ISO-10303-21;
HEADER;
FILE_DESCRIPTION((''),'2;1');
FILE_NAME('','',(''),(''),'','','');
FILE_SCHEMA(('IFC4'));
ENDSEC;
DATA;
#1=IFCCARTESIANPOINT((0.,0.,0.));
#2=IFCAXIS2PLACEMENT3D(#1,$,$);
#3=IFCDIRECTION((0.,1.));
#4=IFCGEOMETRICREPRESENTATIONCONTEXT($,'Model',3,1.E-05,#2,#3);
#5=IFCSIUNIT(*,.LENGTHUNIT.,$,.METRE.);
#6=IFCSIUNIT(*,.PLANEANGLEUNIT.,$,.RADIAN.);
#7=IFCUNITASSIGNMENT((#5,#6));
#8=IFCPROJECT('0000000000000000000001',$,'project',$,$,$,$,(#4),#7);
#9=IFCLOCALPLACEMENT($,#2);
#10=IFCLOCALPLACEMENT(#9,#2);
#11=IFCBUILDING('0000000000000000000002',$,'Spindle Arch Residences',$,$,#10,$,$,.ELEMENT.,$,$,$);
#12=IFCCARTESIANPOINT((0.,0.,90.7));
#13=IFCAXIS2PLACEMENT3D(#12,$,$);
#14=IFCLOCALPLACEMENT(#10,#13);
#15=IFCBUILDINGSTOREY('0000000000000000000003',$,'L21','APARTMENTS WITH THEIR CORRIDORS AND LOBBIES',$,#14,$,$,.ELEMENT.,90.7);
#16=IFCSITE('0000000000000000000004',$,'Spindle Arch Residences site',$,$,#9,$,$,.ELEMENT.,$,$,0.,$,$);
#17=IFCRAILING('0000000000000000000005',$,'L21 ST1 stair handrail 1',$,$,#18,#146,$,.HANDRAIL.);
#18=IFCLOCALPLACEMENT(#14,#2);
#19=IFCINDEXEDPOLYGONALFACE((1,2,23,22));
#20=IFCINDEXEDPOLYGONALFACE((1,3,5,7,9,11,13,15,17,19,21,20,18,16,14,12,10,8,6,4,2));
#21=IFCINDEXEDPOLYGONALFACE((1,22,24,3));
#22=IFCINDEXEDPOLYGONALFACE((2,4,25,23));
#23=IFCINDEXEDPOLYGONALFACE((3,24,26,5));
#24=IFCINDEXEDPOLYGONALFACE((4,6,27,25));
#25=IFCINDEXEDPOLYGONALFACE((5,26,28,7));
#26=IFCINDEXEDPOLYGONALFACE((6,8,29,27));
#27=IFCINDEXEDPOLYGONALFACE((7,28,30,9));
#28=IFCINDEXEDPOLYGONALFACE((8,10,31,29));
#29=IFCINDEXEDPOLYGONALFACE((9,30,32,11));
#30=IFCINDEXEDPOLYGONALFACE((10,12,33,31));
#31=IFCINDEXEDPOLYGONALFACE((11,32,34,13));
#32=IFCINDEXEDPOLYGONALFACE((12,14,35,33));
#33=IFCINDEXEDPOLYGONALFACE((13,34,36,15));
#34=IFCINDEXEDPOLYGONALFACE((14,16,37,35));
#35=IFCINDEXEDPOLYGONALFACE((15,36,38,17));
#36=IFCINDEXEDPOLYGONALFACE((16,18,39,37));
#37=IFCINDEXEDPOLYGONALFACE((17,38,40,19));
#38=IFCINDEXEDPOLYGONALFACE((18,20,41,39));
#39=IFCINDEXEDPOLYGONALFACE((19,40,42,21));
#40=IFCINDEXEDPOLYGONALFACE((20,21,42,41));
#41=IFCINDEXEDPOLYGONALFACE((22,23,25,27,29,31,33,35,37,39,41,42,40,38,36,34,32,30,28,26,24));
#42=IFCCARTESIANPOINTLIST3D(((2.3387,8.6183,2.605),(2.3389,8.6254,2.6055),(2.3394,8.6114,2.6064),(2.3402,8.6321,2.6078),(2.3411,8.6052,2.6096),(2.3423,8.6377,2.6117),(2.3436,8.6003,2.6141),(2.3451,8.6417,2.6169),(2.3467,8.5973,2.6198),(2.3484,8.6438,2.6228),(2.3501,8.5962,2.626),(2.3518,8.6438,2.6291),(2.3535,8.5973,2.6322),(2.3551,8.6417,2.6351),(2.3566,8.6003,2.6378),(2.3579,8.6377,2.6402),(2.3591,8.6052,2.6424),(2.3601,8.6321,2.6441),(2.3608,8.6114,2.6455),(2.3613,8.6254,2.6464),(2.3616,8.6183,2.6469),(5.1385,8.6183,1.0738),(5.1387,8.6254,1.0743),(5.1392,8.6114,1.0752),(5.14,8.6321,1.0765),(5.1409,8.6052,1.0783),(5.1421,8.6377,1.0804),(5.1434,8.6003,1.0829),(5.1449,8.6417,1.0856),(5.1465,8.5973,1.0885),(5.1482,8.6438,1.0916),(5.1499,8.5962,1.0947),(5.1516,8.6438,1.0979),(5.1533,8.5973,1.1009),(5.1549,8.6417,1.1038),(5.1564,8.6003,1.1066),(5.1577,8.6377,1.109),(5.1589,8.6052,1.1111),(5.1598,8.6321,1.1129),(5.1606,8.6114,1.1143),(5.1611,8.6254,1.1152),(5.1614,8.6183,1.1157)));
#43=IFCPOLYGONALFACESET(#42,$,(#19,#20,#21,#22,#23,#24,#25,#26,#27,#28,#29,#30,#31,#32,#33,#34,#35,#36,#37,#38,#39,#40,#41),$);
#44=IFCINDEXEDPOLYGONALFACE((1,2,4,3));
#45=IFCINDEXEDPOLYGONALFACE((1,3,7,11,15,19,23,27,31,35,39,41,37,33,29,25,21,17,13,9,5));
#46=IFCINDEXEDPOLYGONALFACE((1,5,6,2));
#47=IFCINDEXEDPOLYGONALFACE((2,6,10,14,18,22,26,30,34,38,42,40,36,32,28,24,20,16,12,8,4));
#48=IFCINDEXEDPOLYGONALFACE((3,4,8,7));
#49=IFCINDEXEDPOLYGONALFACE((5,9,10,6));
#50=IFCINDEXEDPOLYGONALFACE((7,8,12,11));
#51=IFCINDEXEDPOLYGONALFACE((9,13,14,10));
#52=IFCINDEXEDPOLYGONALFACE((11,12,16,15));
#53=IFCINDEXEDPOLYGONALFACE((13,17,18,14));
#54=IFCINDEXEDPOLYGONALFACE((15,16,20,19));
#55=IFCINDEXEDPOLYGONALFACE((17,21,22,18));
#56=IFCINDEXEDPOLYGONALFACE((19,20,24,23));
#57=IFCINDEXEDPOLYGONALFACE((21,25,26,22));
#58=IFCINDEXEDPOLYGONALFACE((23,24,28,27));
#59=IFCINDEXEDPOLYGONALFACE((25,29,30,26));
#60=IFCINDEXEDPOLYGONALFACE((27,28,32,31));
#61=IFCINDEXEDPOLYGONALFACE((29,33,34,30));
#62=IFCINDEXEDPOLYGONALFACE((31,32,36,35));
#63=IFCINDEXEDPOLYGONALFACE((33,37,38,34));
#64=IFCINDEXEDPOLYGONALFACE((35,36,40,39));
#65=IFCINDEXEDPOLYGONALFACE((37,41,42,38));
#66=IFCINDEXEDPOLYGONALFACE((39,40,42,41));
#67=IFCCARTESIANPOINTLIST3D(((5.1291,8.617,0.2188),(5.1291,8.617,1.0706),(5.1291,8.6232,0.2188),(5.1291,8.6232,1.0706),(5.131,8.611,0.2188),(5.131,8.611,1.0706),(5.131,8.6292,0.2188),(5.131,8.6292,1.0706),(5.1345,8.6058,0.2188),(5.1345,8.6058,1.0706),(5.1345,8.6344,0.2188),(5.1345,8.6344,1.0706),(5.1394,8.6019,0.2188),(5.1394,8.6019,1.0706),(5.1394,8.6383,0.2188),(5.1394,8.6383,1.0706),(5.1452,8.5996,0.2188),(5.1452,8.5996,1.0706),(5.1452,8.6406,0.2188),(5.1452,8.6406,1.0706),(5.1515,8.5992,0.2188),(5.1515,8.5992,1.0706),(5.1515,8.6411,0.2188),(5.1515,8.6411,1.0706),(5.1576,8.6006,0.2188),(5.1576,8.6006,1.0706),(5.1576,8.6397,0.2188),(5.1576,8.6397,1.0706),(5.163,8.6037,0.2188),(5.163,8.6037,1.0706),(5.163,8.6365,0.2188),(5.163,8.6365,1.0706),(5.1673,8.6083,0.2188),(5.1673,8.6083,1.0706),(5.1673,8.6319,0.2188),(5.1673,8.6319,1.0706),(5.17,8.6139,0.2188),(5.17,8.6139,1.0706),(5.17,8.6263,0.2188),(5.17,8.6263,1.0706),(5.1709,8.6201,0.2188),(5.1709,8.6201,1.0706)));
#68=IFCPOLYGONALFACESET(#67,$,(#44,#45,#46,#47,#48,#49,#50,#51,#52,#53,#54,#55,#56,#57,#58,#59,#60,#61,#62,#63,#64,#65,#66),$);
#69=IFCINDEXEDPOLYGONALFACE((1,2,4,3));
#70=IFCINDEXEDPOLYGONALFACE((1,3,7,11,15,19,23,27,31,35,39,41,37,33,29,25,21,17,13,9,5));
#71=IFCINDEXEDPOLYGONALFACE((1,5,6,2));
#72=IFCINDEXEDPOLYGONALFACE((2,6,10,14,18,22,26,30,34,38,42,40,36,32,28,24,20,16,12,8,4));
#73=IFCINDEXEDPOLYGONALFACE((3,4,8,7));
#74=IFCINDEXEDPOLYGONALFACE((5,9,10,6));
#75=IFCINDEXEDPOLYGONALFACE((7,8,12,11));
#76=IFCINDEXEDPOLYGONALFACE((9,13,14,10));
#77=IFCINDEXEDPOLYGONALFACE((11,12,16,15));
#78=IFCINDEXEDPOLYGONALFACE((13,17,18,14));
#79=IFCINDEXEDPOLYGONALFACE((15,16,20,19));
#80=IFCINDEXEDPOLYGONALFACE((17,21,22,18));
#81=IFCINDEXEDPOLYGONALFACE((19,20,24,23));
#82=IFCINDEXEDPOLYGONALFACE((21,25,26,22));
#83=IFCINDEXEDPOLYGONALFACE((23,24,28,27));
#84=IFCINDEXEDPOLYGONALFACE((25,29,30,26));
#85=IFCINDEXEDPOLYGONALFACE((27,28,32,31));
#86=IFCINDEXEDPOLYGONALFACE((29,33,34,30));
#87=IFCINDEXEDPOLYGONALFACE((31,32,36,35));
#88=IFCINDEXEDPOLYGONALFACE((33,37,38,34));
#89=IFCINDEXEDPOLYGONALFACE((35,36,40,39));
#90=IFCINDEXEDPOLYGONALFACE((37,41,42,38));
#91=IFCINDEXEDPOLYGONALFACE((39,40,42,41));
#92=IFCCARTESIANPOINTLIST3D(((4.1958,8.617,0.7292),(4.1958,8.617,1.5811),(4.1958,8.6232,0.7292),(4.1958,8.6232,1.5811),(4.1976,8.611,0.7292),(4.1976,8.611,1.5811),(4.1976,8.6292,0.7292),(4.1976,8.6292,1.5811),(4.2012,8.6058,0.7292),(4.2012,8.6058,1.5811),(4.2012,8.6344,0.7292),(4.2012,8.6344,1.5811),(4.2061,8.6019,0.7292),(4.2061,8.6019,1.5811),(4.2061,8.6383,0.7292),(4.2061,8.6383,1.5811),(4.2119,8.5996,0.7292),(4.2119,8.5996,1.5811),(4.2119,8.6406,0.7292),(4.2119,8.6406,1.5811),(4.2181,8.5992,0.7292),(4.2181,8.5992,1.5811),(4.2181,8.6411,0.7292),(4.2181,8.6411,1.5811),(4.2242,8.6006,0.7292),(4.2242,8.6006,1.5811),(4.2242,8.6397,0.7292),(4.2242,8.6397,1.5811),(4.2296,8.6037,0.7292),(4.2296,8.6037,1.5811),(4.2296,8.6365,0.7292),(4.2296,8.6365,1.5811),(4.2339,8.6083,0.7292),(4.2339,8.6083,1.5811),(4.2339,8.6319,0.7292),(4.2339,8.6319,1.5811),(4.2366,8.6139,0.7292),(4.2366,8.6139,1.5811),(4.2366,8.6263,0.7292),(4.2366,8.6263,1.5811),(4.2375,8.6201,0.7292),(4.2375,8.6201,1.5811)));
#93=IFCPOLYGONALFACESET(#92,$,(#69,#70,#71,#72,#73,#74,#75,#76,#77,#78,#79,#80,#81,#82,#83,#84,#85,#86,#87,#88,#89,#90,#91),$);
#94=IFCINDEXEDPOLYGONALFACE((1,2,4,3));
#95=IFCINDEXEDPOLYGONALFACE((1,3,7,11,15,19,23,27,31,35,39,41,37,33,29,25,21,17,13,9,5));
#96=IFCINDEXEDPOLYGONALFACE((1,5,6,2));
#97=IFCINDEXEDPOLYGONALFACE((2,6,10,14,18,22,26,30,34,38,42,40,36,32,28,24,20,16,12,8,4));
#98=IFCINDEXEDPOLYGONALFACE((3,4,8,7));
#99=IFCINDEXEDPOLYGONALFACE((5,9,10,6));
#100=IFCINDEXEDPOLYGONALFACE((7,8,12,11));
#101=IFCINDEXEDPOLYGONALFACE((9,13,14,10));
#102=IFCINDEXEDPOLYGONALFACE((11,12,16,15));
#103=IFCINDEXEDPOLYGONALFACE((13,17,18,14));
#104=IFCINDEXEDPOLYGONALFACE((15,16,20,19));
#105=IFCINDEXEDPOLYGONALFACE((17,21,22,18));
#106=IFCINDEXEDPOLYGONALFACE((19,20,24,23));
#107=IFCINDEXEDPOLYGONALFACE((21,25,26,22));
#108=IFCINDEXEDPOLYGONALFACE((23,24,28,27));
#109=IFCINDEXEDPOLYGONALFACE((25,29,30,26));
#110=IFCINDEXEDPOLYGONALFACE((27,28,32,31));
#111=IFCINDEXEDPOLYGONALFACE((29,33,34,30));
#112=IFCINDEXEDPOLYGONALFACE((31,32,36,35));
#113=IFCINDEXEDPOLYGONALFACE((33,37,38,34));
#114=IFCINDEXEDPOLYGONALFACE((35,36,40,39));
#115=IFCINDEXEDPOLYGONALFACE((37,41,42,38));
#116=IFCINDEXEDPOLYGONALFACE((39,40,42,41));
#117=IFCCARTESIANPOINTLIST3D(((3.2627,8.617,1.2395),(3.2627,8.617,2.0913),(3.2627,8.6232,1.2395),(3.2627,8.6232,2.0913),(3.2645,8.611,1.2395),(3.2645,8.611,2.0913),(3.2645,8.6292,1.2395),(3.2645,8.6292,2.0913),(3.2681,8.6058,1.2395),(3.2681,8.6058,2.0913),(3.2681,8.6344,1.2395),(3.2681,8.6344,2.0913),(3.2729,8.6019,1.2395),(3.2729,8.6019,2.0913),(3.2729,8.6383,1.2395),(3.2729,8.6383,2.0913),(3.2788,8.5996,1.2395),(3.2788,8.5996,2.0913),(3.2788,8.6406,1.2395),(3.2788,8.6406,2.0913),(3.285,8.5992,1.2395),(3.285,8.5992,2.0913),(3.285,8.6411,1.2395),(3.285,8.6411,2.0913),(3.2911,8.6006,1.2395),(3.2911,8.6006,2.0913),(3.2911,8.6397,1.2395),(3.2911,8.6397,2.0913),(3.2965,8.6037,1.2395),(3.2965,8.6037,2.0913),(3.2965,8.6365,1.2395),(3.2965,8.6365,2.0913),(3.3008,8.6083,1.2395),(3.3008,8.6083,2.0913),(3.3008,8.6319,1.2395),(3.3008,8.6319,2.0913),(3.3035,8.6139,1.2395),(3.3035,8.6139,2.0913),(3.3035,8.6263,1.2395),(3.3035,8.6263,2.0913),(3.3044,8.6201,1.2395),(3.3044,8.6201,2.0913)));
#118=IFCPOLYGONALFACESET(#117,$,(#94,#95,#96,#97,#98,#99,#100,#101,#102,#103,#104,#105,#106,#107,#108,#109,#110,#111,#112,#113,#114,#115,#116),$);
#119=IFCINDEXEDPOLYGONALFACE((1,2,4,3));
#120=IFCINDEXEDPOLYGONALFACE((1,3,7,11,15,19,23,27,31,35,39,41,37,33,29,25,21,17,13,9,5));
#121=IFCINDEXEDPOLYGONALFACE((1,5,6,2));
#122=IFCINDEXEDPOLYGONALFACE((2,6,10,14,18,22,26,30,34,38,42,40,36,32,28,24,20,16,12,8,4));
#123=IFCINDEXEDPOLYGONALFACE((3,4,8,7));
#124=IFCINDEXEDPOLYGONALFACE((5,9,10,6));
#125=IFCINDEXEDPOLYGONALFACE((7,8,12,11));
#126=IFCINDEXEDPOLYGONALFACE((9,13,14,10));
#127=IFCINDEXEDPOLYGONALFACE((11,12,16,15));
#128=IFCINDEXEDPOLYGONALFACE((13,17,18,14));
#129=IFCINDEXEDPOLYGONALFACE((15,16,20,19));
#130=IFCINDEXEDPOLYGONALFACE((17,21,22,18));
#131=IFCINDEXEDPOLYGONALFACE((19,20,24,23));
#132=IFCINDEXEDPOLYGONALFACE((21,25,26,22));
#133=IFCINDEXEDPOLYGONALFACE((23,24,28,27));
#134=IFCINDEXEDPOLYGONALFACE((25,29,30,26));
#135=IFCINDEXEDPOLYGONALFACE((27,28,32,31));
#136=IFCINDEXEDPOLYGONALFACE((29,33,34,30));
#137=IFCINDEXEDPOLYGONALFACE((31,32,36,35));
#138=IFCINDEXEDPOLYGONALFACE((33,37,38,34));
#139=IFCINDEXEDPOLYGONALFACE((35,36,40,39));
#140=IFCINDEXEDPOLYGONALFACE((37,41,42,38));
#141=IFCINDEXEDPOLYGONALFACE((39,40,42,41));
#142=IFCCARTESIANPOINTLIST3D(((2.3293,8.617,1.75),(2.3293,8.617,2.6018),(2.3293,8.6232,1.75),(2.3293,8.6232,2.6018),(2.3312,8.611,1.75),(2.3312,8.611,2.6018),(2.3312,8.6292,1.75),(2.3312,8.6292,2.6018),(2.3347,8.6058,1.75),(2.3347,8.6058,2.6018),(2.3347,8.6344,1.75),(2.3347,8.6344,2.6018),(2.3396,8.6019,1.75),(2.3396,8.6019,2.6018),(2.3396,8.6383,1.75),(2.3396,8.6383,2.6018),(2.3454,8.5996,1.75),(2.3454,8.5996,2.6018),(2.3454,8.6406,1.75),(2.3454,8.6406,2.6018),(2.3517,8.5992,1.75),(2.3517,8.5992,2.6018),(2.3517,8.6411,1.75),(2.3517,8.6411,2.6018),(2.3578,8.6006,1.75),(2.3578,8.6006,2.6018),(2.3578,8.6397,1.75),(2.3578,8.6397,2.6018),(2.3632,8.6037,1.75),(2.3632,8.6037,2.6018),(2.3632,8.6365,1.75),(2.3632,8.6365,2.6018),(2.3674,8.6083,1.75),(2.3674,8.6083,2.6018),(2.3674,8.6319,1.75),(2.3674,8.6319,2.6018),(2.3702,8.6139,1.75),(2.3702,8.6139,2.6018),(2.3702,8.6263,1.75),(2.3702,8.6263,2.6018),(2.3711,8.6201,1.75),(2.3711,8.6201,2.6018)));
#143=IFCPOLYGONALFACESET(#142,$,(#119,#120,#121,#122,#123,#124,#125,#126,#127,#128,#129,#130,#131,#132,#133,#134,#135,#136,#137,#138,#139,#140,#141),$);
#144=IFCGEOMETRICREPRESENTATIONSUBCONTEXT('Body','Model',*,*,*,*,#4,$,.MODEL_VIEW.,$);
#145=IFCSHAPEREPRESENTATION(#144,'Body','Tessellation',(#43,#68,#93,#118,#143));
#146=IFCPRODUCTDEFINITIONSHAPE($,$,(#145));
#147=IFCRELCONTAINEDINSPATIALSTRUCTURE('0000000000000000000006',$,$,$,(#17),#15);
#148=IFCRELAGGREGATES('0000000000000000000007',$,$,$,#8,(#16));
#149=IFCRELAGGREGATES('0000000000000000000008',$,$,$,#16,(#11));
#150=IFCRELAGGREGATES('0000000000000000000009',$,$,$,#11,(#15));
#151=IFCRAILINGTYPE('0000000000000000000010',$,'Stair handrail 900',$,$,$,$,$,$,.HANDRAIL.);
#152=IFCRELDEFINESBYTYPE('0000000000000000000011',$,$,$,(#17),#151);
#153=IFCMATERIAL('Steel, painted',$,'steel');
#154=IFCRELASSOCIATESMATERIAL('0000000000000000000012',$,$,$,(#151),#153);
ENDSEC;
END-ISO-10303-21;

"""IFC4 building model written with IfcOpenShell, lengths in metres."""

from ifc_helpers import new_model, si_unit, direction, frame, origin, origin_2d, place, context, subcontext, project, spatial, circle, extrude, material, type_object, element, save


model = new_model("IFC4")

# Units and contexts
model_context = context("Model", 3, precision=1e-05, world=origin(), true_north=direction((0.0, 1.0)))
body_context = subcontext(model_context, "Body", "Model", "MODEL_VIEW")
ifc_project = project(units=[si_unit("LENGTHUNIT", "METRE"), si_unit("PLANEANGLEUNIT", "RADIAN")], contexts=[model_context])

# Site, building, storey
site_placement = place(None, origin())
site = spatial("IfcSite", under=ifc_project, at=site_placement, Name="Spindle Arch Residences site", CompositionType="ELEMENT", RefElevation=0.0)
building_placement = place(site_placement, origin())
building = spatial("IfcBuilding", under=site, at=building_placement, Name="Spindle Arch Residences", CompositionType="ELEMENT")
storey_placement = place(building_placement, frame((0.0, 0.0, 90.7)))
storey = spatial("IfcBuildingStorey", under=building, at=storey_placement, Name="L21", Description="APARTMENTS WITH THEIR CORRIDORS AND LOBBIES", CompositionType="ELEMENT", Elevation=90.7)

# Railing
ifc_material_1 = material(Name="Steel, painted", Category="steel")
railing_type_1 = type_object("IfcRailingType", Name="Stair handrail 900", PredefinedType="HANDRAIL", material=ifc_material_1)
railing_1_placement = place(storey_placement, frame((5.1499, 8.6201, 0.2188)))
element("IfcRailing", 1, at=railing_1_placement, inside=storey, type_object=railing_type_1, Name="L21 ST1 stair handrail 1", PredefinedType="HANDRAIL", context=body_context, shape_type="SweptSolid", body=[
    extrude(circle(Radius=0.0239, at=origin_2d()), frame((0.0, 0.0, 0.876), z_axis=(-0.877357, 0.0, 0.479838), x_axis=(0.0, -1.0, 0.0)), (0.0, 0.0, 1.0), 3.1912),
    extrude(circle(Radius=0.021, at=origin_2d()), origin(), (0.0, 0.0, 1.0), 0.8518),
    extrude(circle(Radius=0.021, at=origin_2d()), frame((-0.9333, 0.0, 0.5105)), (0.0, 0.0, 1.0), 0.8518),
    extrude(circle(Radius=0.021, at=origin_2d()), frame((-1.8665, 0.0, 1.0208)), (0.0, 0.0, 1.0), 0.8518),
    extrude(circle(Radius=0.021, at=origin_2d()), frame((-2.7998, 0.0, 1.5312)), (0.0, 0.0, 1.0), 0.8518),
])

save(model, "model.ifc")
